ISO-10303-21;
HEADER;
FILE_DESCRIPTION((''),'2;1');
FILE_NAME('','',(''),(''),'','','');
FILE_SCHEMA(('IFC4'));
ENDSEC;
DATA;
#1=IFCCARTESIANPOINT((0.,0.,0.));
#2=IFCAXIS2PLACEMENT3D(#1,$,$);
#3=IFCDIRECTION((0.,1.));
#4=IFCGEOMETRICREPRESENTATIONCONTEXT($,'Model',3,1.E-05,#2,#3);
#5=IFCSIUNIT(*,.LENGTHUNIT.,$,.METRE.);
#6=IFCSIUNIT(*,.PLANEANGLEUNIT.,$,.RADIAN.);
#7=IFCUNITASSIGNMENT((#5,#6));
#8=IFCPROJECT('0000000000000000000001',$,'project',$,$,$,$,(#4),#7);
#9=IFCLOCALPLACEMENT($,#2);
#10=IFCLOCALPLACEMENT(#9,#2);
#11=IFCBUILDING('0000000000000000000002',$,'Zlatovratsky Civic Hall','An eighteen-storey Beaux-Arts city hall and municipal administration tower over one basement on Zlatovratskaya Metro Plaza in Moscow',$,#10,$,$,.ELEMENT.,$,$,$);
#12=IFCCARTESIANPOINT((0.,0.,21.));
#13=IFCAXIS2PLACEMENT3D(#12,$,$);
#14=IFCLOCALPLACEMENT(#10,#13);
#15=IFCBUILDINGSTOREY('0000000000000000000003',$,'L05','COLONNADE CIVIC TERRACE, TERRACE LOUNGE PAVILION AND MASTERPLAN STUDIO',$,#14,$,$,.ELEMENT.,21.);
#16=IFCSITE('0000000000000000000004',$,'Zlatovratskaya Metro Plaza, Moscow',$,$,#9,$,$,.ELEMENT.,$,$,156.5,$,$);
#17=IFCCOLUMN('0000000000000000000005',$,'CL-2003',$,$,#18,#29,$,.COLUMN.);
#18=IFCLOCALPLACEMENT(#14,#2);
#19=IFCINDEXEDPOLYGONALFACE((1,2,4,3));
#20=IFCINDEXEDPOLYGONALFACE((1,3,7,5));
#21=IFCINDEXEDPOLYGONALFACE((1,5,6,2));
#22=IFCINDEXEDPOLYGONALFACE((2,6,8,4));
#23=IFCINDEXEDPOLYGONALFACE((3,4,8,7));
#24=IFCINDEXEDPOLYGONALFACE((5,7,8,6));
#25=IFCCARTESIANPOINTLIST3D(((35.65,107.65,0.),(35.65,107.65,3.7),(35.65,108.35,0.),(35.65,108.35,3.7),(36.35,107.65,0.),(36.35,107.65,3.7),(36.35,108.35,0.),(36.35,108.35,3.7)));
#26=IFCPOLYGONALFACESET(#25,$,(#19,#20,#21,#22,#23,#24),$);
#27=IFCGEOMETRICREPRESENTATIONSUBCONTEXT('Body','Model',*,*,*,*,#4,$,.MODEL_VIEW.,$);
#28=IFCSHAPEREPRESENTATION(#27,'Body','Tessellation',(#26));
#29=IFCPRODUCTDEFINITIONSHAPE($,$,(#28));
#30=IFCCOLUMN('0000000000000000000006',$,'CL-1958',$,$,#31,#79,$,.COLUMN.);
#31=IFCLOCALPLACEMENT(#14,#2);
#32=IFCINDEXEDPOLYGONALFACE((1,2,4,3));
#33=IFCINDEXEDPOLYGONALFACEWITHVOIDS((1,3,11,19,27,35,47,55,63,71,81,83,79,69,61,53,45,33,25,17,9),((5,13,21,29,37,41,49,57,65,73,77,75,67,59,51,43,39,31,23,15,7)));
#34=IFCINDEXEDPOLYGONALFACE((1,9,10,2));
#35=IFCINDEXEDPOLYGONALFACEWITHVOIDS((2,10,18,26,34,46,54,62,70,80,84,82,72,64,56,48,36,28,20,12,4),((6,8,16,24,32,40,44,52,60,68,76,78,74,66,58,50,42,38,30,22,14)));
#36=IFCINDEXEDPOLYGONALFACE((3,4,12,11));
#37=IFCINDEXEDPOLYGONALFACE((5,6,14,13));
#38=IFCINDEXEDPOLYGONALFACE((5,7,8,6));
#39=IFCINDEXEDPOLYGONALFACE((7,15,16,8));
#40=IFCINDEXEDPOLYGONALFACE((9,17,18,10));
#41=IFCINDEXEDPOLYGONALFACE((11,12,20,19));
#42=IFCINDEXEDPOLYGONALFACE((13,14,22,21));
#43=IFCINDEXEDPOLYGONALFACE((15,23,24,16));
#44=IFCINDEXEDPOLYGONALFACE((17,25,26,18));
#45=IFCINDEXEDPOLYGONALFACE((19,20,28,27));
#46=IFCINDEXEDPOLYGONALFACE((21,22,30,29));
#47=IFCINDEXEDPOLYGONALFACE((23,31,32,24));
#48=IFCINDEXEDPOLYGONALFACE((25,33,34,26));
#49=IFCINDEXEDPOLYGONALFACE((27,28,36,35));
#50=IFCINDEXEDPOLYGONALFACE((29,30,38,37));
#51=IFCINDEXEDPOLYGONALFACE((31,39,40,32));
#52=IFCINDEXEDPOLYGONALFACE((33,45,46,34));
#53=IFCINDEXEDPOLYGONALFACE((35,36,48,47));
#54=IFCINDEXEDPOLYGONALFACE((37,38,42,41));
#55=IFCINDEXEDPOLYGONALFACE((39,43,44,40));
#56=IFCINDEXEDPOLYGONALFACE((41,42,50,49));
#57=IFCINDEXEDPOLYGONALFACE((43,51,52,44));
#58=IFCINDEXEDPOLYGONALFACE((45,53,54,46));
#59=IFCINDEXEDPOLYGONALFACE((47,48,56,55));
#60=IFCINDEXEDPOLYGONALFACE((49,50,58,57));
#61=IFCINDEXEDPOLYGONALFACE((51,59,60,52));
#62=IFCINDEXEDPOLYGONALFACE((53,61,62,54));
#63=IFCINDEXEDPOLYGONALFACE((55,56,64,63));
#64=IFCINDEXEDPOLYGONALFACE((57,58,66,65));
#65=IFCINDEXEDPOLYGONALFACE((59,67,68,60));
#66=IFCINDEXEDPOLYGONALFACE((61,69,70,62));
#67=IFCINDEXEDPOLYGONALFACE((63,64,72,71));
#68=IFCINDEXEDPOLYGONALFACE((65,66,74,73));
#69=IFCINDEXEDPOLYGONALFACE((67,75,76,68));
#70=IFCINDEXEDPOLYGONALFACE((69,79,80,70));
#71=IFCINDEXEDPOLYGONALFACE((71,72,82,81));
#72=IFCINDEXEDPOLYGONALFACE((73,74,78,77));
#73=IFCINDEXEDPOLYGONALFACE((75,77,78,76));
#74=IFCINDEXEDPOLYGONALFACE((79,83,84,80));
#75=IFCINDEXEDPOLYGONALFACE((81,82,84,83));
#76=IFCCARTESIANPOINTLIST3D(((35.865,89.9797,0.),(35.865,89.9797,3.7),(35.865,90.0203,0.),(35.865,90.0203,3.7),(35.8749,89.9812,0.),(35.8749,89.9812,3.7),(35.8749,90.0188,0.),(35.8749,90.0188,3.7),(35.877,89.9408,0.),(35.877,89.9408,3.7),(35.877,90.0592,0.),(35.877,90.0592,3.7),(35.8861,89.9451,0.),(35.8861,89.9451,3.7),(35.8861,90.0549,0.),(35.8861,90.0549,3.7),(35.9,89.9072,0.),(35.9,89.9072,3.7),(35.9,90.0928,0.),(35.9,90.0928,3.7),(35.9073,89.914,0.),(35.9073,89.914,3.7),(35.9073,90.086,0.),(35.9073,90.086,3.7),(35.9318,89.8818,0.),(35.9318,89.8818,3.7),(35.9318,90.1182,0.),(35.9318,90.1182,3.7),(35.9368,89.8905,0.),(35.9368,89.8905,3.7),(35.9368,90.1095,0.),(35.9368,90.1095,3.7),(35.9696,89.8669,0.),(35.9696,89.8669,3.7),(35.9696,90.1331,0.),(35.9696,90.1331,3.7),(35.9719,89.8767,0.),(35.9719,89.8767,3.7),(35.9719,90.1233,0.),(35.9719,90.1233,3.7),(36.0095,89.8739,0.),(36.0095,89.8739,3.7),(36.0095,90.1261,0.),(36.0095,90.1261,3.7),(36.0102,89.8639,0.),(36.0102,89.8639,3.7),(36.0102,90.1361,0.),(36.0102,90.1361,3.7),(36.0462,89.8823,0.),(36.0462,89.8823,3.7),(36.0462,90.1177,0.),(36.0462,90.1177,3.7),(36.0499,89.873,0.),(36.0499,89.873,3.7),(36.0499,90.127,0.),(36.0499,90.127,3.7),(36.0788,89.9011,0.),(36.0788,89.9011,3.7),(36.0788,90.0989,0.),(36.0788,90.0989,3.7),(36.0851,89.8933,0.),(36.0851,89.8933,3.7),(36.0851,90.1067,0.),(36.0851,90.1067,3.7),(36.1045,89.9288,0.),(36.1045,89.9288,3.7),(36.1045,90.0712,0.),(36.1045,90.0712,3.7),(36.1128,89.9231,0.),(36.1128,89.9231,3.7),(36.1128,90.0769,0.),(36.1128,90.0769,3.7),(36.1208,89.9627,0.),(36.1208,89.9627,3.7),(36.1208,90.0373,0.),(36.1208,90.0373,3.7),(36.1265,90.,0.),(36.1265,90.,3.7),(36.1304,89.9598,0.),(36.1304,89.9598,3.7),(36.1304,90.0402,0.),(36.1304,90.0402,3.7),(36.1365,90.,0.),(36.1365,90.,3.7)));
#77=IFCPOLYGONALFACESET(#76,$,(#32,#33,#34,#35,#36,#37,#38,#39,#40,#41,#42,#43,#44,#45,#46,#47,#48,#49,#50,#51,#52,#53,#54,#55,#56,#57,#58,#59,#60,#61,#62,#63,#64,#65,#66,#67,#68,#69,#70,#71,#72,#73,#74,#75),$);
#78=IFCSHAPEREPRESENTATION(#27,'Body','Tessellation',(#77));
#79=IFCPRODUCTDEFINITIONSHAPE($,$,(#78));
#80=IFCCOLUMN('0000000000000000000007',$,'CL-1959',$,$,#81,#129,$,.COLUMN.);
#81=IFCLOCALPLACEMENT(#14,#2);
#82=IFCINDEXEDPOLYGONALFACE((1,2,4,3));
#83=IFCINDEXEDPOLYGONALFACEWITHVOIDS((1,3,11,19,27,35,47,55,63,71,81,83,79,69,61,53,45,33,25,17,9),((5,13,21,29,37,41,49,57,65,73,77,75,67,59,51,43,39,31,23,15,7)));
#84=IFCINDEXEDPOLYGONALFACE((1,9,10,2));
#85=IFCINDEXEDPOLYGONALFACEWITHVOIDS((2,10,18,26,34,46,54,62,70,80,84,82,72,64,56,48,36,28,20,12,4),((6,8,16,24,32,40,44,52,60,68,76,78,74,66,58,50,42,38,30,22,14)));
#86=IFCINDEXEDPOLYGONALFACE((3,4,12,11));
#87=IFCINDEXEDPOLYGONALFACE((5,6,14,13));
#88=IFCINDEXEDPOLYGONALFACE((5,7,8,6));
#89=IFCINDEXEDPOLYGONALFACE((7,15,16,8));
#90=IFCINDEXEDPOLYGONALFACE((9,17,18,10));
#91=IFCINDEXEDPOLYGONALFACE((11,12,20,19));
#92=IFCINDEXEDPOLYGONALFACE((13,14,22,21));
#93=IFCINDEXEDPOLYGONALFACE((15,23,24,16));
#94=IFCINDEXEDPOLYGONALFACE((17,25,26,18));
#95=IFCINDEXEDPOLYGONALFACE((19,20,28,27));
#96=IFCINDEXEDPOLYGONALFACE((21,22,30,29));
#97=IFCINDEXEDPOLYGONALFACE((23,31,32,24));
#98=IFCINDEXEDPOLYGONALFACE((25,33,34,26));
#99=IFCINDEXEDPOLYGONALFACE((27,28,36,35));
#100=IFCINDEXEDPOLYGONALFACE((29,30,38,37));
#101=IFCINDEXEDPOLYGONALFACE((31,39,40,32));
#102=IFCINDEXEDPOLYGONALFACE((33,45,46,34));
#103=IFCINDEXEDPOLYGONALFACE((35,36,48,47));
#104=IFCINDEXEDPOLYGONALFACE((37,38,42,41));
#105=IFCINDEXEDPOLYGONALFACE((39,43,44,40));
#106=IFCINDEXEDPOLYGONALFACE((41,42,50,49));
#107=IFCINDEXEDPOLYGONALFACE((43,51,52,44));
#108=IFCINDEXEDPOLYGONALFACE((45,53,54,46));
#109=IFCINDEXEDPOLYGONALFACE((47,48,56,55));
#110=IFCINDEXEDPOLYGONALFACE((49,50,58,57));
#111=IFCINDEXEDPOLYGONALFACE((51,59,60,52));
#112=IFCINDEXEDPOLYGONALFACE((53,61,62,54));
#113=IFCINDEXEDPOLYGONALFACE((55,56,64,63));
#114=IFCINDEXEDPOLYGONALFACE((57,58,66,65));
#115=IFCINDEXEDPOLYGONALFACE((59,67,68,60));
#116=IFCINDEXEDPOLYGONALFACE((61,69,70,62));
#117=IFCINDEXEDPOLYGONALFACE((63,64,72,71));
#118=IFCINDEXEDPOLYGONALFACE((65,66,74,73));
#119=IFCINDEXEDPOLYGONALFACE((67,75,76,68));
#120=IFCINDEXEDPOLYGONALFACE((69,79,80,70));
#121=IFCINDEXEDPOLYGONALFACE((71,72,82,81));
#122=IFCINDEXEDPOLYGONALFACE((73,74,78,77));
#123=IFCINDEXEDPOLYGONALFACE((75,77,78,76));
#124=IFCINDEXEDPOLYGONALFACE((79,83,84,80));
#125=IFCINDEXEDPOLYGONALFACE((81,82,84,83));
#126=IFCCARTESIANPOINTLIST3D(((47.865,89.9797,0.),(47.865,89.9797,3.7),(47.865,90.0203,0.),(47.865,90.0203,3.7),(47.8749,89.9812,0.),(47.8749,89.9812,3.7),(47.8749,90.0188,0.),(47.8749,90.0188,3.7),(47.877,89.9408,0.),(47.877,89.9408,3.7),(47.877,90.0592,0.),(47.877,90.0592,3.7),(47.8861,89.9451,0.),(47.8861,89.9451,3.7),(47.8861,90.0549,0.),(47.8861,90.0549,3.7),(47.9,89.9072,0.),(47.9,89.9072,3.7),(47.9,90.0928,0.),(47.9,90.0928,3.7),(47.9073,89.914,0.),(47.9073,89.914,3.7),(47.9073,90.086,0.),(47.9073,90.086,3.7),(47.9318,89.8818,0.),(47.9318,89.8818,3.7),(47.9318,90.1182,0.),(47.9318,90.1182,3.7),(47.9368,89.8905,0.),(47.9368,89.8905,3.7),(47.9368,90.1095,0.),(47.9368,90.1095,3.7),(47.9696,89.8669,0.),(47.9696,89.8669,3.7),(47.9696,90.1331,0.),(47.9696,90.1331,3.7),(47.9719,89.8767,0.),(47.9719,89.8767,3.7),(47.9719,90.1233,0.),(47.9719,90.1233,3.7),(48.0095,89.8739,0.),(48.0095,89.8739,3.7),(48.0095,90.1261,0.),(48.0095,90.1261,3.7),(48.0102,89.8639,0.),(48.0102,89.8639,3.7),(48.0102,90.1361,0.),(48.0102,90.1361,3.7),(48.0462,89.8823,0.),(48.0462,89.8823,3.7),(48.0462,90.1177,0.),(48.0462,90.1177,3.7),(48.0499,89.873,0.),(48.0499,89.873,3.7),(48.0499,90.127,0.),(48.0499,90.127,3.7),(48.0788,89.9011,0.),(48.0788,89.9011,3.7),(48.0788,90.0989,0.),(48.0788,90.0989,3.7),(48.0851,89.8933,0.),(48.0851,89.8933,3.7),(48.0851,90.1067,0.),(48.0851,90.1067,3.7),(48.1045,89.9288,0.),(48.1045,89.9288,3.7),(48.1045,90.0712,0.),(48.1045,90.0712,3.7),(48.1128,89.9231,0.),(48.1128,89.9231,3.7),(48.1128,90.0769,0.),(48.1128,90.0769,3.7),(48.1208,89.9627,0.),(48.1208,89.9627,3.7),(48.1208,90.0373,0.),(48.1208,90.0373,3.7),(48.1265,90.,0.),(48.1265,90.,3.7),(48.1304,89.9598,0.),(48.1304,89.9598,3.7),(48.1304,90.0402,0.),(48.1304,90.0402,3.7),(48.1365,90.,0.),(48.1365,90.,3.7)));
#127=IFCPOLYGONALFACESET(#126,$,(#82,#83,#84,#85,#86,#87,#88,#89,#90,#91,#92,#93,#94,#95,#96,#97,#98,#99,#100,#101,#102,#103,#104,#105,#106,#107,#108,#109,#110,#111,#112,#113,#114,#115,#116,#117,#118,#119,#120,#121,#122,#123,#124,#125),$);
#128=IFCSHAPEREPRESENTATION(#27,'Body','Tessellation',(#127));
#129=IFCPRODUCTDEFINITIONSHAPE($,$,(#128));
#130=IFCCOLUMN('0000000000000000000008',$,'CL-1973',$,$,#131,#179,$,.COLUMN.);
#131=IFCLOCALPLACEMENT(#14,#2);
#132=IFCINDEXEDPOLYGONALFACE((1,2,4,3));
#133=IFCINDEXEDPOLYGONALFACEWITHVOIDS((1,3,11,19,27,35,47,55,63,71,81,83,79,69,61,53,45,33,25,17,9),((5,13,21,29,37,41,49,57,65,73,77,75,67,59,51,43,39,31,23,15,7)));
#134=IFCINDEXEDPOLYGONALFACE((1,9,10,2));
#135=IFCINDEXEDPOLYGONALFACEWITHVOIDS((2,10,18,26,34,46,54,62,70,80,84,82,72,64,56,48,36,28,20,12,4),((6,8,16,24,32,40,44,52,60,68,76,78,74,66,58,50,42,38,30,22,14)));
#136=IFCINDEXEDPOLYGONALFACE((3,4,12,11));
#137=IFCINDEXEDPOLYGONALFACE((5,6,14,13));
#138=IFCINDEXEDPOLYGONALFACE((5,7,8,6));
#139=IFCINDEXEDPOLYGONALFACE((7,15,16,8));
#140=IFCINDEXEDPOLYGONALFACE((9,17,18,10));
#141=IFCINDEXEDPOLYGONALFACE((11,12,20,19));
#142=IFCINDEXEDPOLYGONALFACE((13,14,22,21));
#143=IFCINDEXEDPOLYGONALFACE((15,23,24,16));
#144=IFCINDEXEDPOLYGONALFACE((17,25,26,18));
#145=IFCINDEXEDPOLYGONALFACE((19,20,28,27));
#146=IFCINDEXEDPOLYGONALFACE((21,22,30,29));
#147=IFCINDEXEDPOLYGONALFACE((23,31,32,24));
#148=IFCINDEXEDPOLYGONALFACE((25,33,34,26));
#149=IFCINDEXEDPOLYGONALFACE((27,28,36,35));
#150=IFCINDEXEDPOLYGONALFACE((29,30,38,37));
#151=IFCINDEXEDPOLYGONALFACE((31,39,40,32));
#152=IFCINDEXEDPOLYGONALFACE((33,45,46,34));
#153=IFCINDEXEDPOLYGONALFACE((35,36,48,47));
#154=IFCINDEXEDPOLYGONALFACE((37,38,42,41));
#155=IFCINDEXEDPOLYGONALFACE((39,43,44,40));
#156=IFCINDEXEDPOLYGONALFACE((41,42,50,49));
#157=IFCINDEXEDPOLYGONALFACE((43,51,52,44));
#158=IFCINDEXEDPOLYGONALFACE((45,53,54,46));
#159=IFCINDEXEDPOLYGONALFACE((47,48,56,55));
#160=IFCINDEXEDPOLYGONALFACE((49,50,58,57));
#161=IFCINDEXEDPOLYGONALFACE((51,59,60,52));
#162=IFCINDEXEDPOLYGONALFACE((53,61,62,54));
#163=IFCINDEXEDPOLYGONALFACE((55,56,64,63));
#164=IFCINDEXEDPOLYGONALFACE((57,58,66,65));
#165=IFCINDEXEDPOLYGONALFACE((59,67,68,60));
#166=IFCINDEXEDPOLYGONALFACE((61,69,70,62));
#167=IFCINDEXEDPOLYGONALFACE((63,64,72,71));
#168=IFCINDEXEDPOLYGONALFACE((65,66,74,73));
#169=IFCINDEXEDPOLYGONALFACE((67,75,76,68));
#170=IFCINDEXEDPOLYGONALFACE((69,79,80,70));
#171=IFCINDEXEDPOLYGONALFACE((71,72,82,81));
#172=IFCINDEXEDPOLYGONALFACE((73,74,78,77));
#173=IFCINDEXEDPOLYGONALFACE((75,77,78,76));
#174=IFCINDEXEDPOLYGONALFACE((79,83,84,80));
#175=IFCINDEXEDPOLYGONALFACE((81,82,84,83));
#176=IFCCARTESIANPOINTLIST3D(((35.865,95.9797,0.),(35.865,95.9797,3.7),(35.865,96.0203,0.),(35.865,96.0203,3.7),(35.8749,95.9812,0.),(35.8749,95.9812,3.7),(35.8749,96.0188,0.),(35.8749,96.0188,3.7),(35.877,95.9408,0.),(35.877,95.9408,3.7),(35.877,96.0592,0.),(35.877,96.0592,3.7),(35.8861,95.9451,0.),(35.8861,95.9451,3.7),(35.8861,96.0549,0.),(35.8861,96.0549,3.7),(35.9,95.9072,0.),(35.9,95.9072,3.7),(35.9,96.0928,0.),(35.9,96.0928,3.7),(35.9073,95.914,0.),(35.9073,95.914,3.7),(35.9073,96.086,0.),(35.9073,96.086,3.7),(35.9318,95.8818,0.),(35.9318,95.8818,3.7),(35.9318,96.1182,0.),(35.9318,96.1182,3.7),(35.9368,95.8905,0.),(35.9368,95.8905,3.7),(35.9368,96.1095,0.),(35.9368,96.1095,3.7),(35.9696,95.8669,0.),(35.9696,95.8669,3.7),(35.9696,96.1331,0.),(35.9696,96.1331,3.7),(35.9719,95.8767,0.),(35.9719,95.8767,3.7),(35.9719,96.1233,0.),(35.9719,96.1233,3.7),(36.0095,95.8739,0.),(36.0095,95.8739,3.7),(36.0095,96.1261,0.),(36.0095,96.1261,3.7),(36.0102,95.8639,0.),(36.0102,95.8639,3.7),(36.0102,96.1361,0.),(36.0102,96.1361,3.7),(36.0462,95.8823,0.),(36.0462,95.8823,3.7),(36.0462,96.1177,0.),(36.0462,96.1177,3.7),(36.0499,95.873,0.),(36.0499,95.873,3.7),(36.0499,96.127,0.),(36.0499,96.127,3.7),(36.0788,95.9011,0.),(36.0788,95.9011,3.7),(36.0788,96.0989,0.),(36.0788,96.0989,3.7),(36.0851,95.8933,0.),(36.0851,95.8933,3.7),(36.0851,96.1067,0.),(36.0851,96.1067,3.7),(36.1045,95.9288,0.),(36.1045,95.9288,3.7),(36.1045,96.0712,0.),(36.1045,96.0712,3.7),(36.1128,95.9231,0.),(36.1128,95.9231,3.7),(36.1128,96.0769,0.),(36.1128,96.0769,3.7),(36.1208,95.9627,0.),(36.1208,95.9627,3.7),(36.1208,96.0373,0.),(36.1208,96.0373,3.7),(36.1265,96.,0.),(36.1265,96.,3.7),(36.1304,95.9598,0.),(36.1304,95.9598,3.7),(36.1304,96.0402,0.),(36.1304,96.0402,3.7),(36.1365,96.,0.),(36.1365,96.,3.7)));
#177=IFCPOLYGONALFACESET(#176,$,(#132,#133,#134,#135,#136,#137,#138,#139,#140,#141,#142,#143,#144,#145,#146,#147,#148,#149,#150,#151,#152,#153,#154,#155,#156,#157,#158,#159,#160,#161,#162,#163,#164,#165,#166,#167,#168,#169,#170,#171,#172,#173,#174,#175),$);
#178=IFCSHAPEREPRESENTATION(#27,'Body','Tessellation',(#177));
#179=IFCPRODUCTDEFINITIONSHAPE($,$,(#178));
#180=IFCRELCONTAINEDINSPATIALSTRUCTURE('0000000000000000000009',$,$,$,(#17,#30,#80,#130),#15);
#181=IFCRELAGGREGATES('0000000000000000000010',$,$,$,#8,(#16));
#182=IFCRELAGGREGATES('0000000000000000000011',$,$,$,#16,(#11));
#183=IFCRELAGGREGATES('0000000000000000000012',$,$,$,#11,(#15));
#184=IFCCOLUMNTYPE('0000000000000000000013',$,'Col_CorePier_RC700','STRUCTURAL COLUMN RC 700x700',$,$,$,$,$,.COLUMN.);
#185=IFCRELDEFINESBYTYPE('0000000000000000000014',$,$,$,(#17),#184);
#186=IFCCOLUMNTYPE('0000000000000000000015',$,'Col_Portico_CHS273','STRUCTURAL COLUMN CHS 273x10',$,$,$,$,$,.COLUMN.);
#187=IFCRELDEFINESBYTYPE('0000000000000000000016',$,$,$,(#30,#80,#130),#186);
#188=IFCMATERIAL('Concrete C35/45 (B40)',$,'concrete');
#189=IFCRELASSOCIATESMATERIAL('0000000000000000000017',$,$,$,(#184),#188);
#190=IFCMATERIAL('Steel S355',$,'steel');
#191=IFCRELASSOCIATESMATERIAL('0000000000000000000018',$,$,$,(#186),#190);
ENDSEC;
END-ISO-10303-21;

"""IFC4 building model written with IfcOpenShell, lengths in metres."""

from ifc_helpers import new_model, si_unit, direction, frame, origin, origin_2d, place, context, subcontext, project, spatial, rectangle, hollow_circle, extrude, material, material_profile, profile_set, type_object, element, save


model = new_model("IFC4")

# Units and contexts
model_context = context("Model", 3, precision=1e-05, world=origin(), true_north=direction((0.0, 1.0)))
body_context = subcontext(model_context, "Body", "Model", "MODEL_VIEW")
ifc_project = project(units=[si_unit("LENGTHUNIT", "METRE"), si_unit("PLANEANGLEUNIT", "RADIAN")], contexts=[model_context])

# Site, building, storey
site_placement = place(None, origin())
site = spatial("IfcSite", under=ifc_project, at=site_placement, Name="Zlatovratskaya Metro Plaza, Moscow", CompositionType="ELEMENT", RefElevation=156.5)
building_placement = place(site_placement, origin())
building = spatial("IfcBuilding", under=site, at=building_placement, Name="Zlatovratsky Civic Hall", Description="An eighteen-storey Beaux-Arts city hall and municipal administration tower over one basement on Zlatovratskaya Metro Plaza in Moscow", CompositionType="ELEMENT")
storey_placement = place(building_placement, frame((0.0, 0.0, 21.0)))
storey = spatial("IfcBuildingStorey", under=building, at=storey_placement, Name="L05", Description="COLONNADE CIVIC TERRACE, TERRACE LOUNGE PAVILION AND MASTERPLAN STUDIO", CompositionType="ELEMENT", Elevation=21.0)

# Columns
ifc_material_1 = material(Name="Concrete C35/45 (B40)", Category="concrete")
ifc_material_profile_1 = material_profile(ifc_material_1, rectangle(XDim=0.7, YDim=0.7, at=origin_2d()), Name="RC 700x700")
ifc_profile_set_1 = profile_set([ifc_material_profile_1], Name="Concrete C35/45 (B40)")
column_type_1 = type_object("IfcColumnType", Name="Col_CorePier_RC700", Description="STRUCTURAL COLUMN RC 700x700", PredefinedType="COLUMN", material=ifc_profile_set_1)
column_placement = place(storey_placement, frame((36.0, 108.0, 0.0), z_axis=(0.0, 0.0, 1.0), x_axis=(1.0, 0.0, 0.0)))
element("IfcColumn", 1, at=column_placement, inside=storey, type_object=column_type_1, Name="CL-2003", PredefinedType="COLUMN", context=body_context, shape_type="SweptSolid", body=[
    extrude(rectangle(XDim=0.7, YDim=0.7, at=origin_2d()), origin(), (0.0, 0.0, 1.0), 3.7),
])
ifc_material_2 = material(Name="Steel S355", Category="steel")
ifc_material_profile_2 = material_profile(ifc_material_2, hollow_circle(Radius=0.1365, WallThickness=0.01, at=origin_2d()), Name="CHS 273x10")
ifc_profile_set_2 = profile_set([ifc_material_profile_2], Name="Steel S355")
column_type_2 = type_object("IfcColumnType", Name="Col_Portico_CHS273", Description="STRUCTURAL COLUMN CHS 273x10", PredefinedType="COLUMN", material=ifc_profile_set_2)
for number, where, z_axis, x_axis, name in (
    (2, (36.0, 90.0, 0.0), (0.0, 0.0, 1.0), (1.0, 0.0, 0.0), "CL-1958"),
    (3, (48.0, 90.0, 0.0), (0.0, 0.0, 1.0), (1.0, 0.0, 0.0), "CL-1959"),
    (4, (36.0, 96.0, 0.0), (0.0, 0.0, 1.0), (1.0, 0.0, 0.0), "CL-1973"),
):
    element("IfcColumn", number, at=place(storey_placement, frame(where, z_axis=z_axis, x_axis=x_axis)), inside=storey, type_object=column_type_2, Name=name, PredefinedType="COLUMN", context=body_context, shape_type="SweptSolid", body=[
        extrude(hollow_circle(Radius=0.1365, WallThickness=0.01, at=origin_2d()), origin(), (0.0, 0.0, 1.0), 3.7),
    ])

save(model, "model.ifc")
